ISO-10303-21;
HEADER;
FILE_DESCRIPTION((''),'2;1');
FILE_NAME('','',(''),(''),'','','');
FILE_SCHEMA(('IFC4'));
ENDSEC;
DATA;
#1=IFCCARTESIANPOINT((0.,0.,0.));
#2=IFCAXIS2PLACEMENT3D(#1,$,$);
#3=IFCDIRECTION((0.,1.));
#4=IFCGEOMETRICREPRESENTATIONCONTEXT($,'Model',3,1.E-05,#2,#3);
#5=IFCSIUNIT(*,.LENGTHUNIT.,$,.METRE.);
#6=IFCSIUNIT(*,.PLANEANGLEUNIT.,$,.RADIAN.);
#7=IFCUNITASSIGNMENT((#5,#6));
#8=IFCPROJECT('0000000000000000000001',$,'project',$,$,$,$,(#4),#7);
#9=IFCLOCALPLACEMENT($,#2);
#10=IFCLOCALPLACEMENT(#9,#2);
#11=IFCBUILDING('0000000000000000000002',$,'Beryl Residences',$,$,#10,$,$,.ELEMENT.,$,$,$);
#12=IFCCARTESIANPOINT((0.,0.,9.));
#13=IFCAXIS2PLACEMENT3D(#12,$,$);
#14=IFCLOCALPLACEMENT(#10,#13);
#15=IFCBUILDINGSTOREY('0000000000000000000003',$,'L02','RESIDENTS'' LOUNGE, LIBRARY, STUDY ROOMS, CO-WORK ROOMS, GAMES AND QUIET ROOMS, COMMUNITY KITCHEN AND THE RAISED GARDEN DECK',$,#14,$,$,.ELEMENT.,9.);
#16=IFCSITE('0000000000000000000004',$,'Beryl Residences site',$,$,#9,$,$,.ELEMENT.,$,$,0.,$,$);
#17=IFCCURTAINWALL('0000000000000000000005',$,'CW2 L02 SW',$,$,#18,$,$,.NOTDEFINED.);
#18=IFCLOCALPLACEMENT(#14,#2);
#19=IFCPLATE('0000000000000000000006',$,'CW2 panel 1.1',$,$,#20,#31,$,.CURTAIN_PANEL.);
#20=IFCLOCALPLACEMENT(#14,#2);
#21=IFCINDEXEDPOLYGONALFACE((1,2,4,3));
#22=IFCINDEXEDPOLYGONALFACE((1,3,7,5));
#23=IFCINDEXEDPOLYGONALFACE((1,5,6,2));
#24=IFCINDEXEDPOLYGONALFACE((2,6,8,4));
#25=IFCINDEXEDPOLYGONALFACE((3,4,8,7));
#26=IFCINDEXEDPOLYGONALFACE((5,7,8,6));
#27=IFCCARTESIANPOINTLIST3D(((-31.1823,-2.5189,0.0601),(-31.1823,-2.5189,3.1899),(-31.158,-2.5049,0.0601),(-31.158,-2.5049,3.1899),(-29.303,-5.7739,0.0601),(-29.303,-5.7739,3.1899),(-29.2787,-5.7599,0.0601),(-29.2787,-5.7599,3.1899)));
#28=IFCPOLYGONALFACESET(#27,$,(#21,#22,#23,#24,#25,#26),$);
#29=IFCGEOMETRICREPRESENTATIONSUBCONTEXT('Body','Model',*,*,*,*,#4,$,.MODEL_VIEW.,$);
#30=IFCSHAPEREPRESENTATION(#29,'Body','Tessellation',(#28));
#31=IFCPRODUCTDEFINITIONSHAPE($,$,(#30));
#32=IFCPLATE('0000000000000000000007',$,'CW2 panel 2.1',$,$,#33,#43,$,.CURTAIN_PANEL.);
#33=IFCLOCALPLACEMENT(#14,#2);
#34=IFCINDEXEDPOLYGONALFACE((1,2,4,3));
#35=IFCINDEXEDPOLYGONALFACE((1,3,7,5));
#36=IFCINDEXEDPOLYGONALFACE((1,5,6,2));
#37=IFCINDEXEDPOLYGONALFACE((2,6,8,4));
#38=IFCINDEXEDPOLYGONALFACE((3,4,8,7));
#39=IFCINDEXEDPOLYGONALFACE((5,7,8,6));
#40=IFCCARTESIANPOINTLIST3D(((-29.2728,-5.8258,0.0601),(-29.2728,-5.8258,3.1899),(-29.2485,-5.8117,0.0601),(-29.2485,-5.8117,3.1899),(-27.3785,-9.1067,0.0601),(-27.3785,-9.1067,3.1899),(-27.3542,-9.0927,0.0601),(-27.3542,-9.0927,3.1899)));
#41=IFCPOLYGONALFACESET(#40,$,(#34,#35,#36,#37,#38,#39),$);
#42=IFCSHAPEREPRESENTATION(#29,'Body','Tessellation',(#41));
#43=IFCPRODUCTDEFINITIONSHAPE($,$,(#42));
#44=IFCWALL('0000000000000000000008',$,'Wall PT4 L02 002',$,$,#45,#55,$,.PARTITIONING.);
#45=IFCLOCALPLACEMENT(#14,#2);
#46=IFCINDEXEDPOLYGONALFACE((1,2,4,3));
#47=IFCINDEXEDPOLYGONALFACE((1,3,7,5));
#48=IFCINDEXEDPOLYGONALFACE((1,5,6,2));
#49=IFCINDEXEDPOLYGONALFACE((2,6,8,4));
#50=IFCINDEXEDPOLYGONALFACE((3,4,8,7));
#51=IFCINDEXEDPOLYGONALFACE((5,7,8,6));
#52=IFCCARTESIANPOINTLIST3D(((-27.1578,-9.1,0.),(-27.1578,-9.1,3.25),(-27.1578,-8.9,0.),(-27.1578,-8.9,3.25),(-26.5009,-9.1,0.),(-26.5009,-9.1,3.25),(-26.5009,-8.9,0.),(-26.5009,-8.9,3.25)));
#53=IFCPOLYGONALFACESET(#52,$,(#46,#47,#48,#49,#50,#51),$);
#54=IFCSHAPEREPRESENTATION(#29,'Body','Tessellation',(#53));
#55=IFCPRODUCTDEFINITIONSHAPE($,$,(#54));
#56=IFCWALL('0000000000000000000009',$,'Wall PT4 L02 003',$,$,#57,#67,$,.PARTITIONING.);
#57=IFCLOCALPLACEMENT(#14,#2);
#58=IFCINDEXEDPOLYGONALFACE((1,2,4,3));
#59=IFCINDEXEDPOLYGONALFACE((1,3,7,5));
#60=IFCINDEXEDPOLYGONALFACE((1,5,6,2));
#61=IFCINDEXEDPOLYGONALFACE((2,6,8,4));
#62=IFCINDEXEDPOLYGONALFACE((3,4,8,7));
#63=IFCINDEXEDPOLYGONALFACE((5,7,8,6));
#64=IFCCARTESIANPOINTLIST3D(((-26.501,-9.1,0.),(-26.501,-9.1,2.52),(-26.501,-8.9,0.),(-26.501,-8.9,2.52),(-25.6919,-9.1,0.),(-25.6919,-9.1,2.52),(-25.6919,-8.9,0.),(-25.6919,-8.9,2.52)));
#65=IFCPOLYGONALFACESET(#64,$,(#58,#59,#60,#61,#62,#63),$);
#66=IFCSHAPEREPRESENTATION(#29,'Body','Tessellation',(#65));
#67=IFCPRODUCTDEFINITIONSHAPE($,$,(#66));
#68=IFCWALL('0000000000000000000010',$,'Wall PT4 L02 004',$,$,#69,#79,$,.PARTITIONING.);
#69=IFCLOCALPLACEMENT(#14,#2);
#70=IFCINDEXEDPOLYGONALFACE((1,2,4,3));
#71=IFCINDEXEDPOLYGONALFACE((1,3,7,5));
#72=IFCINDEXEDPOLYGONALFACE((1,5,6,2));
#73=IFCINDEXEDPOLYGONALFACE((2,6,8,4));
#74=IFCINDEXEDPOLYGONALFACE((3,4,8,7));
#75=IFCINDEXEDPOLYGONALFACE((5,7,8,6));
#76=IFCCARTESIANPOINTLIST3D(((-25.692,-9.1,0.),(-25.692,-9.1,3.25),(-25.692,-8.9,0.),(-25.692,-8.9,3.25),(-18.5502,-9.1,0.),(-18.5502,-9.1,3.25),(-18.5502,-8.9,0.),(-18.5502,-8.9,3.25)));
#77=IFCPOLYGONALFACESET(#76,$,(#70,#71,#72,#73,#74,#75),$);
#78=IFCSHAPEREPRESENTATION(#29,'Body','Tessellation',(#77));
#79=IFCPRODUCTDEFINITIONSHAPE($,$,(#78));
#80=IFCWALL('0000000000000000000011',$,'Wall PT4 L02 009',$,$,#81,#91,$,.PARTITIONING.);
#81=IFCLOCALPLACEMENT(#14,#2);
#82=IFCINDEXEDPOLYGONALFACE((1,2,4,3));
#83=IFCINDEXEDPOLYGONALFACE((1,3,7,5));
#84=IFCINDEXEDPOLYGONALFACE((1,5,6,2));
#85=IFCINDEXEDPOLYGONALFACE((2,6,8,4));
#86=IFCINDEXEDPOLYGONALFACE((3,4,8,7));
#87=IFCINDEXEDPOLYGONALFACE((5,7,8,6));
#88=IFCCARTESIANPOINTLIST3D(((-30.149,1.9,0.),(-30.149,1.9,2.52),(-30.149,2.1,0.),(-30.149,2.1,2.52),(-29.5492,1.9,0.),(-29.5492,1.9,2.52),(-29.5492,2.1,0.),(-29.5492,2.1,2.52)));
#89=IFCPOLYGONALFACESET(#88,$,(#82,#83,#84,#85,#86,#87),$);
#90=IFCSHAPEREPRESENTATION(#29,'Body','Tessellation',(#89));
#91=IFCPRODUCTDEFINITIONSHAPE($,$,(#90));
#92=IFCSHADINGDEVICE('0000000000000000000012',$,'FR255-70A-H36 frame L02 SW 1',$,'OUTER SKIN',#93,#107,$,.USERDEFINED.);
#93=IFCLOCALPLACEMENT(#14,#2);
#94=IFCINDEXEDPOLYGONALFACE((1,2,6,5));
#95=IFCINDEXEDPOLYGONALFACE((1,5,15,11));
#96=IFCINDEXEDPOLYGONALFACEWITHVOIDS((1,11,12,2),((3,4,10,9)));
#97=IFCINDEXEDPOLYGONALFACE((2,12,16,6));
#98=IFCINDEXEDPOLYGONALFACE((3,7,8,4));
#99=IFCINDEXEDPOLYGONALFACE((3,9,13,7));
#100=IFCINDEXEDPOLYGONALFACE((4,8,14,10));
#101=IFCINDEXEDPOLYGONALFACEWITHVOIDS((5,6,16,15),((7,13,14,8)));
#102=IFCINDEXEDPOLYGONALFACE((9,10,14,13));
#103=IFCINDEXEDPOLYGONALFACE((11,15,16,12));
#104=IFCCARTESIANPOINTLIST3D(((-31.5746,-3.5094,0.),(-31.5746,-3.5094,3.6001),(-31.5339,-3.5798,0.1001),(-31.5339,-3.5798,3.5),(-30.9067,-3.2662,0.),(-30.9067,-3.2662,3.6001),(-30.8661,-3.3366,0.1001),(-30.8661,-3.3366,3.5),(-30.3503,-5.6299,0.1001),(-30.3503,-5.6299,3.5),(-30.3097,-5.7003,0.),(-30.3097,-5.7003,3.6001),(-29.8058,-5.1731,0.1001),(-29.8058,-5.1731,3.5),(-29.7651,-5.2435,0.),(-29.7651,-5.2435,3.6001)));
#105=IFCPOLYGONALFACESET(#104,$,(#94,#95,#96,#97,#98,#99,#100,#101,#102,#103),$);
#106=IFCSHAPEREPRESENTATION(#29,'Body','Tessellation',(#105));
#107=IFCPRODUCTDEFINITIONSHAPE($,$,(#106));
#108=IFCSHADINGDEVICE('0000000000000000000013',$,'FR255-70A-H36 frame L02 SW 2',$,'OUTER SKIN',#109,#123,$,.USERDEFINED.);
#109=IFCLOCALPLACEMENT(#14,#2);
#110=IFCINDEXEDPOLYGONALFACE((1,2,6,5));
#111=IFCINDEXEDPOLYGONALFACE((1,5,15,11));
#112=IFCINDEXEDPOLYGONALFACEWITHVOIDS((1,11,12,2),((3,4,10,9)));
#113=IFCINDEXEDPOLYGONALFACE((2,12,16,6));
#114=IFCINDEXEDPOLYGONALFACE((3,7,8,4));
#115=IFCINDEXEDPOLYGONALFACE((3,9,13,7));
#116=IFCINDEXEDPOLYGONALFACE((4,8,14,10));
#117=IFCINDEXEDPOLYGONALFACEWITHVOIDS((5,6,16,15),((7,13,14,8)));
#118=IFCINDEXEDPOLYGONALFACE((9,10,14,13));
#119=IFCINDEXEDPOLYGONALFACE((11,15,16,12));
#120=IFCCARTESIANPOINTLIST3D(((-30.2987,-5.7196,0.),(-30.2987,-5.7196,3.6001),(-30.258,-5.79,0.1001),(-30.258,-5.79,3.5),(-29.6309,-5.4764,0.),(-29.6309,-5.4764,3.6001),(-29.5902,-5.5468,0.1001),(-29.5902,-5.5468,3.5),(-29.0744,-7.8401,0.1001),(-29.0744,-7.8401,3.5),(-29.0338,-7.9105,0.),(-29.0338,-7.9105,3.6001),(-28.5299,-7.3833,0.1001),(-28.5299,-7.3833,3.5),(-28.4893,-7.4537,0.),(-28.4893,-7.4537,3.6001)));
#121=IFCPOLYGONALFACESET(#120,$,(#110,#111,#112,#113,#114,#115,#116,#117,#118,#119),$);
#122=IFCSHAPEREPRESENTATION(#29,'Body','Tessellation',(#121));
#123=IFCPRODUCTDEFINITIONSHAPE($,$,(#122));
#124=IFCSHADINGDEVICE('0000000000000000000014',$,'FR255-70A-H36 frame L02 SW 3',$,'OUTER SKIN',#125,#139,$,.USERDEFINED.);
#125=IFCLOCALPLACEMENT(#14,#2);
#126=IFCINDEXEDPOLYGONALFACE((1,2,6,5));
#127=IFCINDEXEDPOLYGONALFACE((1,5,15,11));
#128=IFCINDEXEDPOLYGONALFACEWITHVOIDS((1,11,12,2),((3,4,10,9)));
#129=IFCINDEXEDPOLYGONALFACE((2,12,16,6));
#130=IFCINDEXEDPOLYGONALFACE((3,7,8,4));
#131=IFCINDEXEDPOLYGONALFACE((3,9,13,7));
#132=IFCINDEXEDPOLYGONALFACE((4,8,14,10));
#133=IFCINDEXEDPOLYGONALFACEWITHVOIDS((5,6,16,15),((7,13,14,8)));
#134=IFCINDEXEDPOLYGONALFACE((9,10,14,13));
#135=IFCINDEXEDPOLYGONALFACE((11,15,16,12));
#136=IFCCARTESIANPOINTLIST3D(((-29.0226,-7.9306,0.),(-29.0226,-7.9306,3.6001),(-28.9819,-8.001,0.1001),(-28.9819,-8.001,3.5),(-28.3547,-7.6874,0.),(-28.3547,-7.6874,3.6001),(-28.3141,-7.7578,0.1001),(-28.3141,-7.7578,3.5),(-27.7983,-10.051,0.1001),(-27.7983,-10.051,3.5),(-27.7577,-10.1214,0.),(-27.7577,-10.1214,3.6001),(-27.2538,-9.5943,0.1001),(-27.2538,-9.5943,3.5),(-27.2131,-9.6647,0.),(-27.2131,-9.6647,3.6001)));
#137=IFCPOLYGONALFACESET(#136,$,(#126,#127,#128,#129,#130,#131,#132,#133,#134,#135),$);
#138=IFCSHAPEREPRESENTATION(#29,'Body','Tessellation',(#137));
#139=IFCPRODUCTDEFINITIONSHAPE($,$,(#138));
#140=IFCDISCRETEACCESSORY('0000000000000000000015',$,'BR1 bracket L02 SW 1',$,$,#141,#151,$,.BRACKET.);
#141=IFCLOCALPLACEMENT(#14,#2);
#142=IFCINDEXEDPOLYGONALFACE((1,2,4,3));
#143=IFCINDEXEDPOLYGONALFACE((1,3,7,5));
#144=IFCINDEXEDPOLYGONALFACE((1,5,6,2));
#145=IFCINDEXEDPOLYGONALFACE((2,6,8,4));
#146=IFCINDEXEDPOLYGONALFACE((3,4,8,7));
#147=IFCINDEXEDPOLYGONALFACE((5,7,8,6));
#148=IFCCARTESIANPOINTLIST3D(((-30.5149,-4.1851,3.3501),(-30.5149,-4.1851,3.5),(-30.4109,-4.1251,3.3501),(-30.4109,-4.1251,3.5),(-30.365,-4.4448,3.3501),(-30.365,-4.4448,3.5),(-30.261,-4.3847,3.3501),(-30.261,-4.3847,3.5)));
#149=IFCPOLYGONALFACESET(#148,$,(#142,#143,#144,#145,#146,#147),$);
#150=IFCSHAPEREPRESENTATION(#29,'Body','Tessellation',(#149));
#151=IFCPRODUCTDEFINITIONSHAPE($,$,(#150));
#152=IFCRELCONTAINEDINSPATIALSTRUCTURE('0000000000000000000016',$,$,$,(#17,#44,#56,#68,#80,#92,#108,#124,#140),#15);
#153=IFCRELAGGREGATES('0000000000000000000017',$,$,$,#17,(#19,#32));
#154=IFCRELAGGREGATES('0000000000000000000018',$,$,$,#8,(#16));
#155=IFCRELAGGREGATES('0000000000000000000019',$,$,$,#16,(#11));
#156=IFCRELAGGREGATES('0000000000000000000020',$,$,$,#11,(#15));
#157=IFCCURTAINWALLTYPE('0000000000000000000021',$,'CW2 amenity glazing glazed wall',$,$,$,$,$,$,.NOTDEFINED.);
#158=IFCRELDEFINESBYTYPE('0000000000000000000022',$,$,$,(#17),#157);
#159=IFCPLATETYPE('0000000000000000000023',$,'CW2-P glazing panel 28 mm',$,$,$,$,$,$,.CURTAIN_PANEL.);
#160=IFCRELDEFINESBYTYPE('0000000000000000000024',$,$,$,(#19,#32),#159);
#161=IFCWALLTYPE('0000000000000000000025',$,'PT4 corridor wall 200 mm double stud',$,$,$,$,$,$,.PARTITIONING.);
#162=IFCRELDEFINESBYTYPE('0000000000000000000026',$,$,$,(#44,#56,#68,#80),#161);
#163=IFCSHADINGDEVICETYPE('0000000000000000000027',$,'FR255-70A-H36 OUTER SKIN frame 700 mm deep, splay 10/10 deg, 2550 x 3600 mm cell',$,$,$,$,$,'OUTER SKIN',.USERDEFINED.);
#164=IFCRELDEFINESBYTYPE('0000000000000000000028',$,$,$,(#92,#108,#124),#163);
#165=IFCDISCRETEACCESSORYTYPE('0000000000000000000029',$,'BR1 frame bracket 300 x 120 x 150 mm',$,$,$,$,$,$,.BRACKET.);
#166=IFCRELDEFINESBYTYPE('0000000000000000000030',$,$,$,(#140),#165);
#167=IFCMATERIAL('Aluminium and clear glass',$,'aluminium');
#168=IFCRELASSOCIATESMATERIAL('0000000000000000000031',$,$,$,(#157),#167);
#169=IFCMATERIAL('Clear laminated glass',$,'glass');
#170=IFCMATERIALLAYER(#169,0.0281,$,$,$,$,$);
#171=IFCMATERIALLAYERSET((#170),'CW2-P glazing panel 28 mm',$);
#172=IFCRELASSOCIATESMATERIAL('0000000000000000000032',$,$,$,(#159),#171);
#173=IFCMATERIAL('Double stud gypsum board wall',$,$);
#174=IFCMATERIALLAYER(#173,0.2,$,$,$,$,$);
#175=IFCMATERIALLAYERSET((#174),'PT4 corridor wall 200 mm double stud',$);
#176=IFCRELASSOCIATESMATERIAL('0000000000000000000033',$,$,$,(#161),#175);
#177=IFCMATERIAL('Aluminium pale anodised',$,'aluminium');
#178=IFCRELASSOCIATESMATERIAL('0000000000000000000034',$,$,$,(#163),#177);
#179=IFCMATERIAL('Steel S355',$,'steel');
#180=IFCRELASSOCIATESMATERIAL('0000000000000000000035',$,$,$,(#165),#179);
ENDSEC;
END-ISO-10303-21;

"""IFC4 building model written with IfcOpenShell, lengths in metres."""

from ifc_helpers import new_model, entity, si_unit, direction, frame, frame_2d, origin, origin_2d, place, context, subcontext, project, spatial, polyline, rectangle, outline, extrude, source, transform, mapped, material, layer, layer_set, type_object, type_shapes, element, aggregate, save


model = new_model("IFC4")

# Units and contexts
model_context = context("Model", 3, precision=1e-05, world=origin(), true_north=direction((0.0, 1.0)))
body_context = subcontext(model_context, "Body", "Model", "MODEL_VIEW")
ifc_project = project(units=[si_unit("LENGTHUNIT", "METRE"), si_unit("PLANEANGLEUNIT", "RADIAN")], contexts=[model_context])

# Site, building, storey
site_placement = place(None, origin())
site = spatial("IfcSite", under=ifc_project, at=site_placement, Name="Beryl Residences site", CompositionType="ELEMENT", RefElevation=0.0)
building_placement = place(site_placement, origin())
building = spatial("IfcBuilding", under=site, at=building_placement, Name="Beryl Residences", CompositionType="ELEMENT")
storey_placement = place(building_placement, frame((0.0, 0.0, 9.0)))
storey = spatial("IfcBuildingStorey", under=building, at=storey_placement, Name="L02", Description="RESIDENTS' LOUNGE, LIBRARY, STUDY ROOMS, CO-WORK ROOMS, GAMES AND QUIET ROOMS, COMMUNITY KITCHEN AND THE RAISED GARDEN DECK", CompositionType="ELEMENT", Elevation=9.0)

# Curtain wall
ifc_material_1 = material(Name="Aluminium and clear glass", Category="aluminium")
curtain_wall_type = type_object("IfcCurtainWallType", Name="CW2 amenity glazing glazed wall", PredefinedType="NOTDEFINED", material=ifc_material_1)
curtain_wall_placement = place(storey_placement, origin())
curtain_wall = element("IfcCurtainWall", 1, at=curtain_wall_placement, inside=storey, type_object=curtain_wall_type, Name="CW2 L02 SW", PredefinedType="NOTDEFINED")

# Plates
ifc_material_2 = material(Name="Clear laminated glass", Category="glass")
ifc_layer_1 = layer(ifc_material_2, 0.0281)
ifc_layer_set_1 = layer_set([ifc_layer_1], Name="CW2-P glazing panel 28 mm")
plate_type = type_object("IfcPlateType", Name="CW2-P glazing panel 28 mm", PredefinedType="CURTAIN_PANEL", material=ifc_layer_set_1)
plate_1_placement = place(storey_placement, frame((-30.2305, -4.1394, 0.0601), z_axis=(0.0, 0.0, 1.0), x_axis=(0.500012, -0.866019, 0.0)))
plate_1 = element("IfcPlate", 2, at=plate_1_placement, type_object=plate_type, Name="CW2 panel 1.1", PredefinedType="CURTAIN_PANEL", context=body_context, shape_type="SweptSolid", body=[
    extrude(rectangle(XDim=3.7585, YDim=0.0281, at=origin_2d()), origin(), (0.0, 0.0, 1.0), 3.1299),
])
plate_2_placement = place(storey_placement, frame((-28.3135, -7.4592, 0.0601), z_axis=(0.0, 0.0, 1.0), x_axis=(0.500012, -0.866019, 0.0)))
plate_2 = element("IfcPlate", 3, at=plate_2_placement, type_object=plate_type, Name="CW2 panel 2.1", PredefinedType="CURTAIN_PANEL", context=body_context, shape_type="SweptSolid", body=[
    extrude(rectangle(XDim=3.7886, YDim=0.0281, at=origin_2d()), origin(), (0.0, 0.0, 1.0), 3.1299),
])
aggregate(curtain_wall, [plate_1, plate_2])

# Walls
ifc_material_3 = material(Name="Double stud gypsum board wall")
ifc_layer_2 = layer(ifc_material_3, 0.2)
ifc_layer_set_2 = layer_set([ifc_layer_2], Name="PT4 corridor wall 200 mm double stud")
wall_type = type_object("IfcWallType", Name="PT4 corridor wall 200 mm double stud", PredefinedType="PARTITIONING", material=ifc_layer_set_2)
wall_1_placement = place(storey_placement, frame((-27.158, -9.0, 0.0), z_axis=(0.0, 0.0, 1.0), x_axis=(1.0, 0.0, 0.0)))
element("IfcWall", 4, at=wall_1_placement, inside=storey, type_object=wall_type, Name="Wall PT4 L02 002", PredefinedType="PARTITIONING", context=body_context, shape_type="SweptSolid", body=[
    extrude(rectangle(XDim=0.657, YDim=0.2, at=frame_2d((0.3286, 0.0))), origin(), (0.0, 0.0, 1.0), 3.25),
])
wall_2_placement = place(storey_placement, frame((-26.501, -9.0, 0.0), z_axis=(0.0, 0.0, 1.0), x_axis=(1.0, 0.0, 0.0)))
element("IfcWall", 5, at=wall_2_placement, inside=storey, type_object=wall_type, Name="Wall PT4 L02 003", PredefinedType="PARTITIONING", context=body_context, shape_type="SweptSolid", body=[
    extrude(rectangle(XDim=0.8091, YDim=0.2, at=frame_2d((0.4045, 0.0))), origin(), (0.0, 0.0, 1.0), 2.52),
])
wall_3_placement = place(storey_placement, frame((-25.6919, -9.0, 0.0), z_axis=(0.0, 0.0, 1.0), x_axis=(1.0, 0.0, 0.0)))
element("IfcWall", 6, at=wall_3_placement, inside=storey, type_object=wall_type, Name="Wall PT4 L02 004", PredefinedType="PARTITIONING", context=body_context, shape_type="SweptSolid", body=[
    extrude(rectangle(XDim=7.1418, YDim=0.2, at=frame_2d((3.5708, 0.0))), origin(), (0.0, 0.0, 1.0), 3.25),
])
wall_4_placement = place(storey_placement, frame((-30.1489, 2.0, 0.0), z_axis=(0.0, 0.0, 1.0), x_axis=(1.0, 0.0, 0.0)))
element("IfcWall", 7, at=wall_4_placement, inside=storey, type_object=wall_type, Name="Wall PT4 L02 009", PredefinedType="PARTITIONING", context=body_context, shape_type="SweptSolid", body=[
    extrude(rectangle(XDim=0.5999, YDim=0.2, at=frame_2d((0.2998, 0.0))), origin(), (0.0, 0.0, 1.0), 2.52),
])

# Shading devices
ifc_material_4 = material(Name="Aluminium pale anodised", Category="aluminium")
shading_device_type = type_object("IfcShadingDeviceType", Name="FR255-70A-H36 OUTER SKIN frame 700 mm deep, splay 10/10 deg, 2550 x 3600 mm cell", ElementType="OUTER SKIN", PredefinedType="USERDEFINED", material=ifc_material_4)
cartesian_point_1 = entity("IfcCartesianPoint", [-1.1416, 0.0])
cartesian_point_2 = entity("IfcCartesianPoint", [-1.0603, 0.1001])
cartesian_point_3 = entity("IfcCartesianPoint", [-1.2649, 0.0])
cartesian_point_4 = entity("IfcCartesianPoint", [-1.1836, 0.1001])
shared_shape_1 = source(origin(), body_context, "Body", "SweptSolid", [
    entity("IfcExtrudedAreaSolidTapered", entity("IfcArbitraryProfileDefWithVoids", "AREA", None, entity("IfcPolyline", [cartesian_point_1, entity("IfcCartesianPoint", [1.1416, 0.0]), entity("IfcCartesianPoint", [1.1416, 3.6001]), entity("IfcCartesianPoint", [-1.1416, 3.6001]), cartesian_point_1]), [entity("IfcPolyline", [cartesian_point_2, entity("IfcCartesianPoint", [1.0603, 0.1001]), entity("IfcCartesianPoint", [1.0603, 3.5]), entity("IfcCartesianPoint", [-1.0603, 3.5]), cartesian_point_2])]), entity("IfcAxis2Placement3D", entity("IfcCartesianPoint", [0.0, 0.0, 0.0]), entity("IfcDirection", [0.0, 1.0, 0.0]), entity("IfcDirection", [-1.0, 0.0, 0.0])), entity("IfcDirection", [0.0, 0.0, 1.0]), 0.7, entity("IfcArbitraryProfileDefWithVoids", "AREA", None, entity("IfcPolyline", [cartesian_point_3, entity("IfcCartesianPoint", [1.2649, 0.0]), entity("IfcCartesianPoint", [1.2649, 3.6001]), entity("IfcCartesianPoint", [-1.2649, 3.6001]), cartesian_point_3]), [entity("IfcPolyline", [cartesian_point_4, entity("IfcCartesianPoint", [1.1836, 0.1001]), entity("IfcCartesianPoint", [1.1836, 3.5]), entity("IfcCartesianPoint", [-1.1836, 3.5]), cartesian_point_4])])),
])
type_shapes(shading_device_type, [shared_shape_1])
for number, where, z_axis, x_axis, name in (
    (8, (-30.3359, -4.2549, 0.0), (0.0, 0.0, 1.0), (-0.5, 0.866025, 0.0), "FR255-70A-H36 frame L02 SW 1"),
    (9, (-29.0601, -6.4651, 0.0), (0.0, 0.0, 1.0), (-0.5, 0.866025, 0.0), "FR255-70A-H36 frame L02 SW 2"),
    (10, (-27.7839, -8.676, 0.0), (0.0, 0.0, 1.0), (-0.5, 0.866025, 0.0), "FR255-70A-H36 frame L02 SW 3"),
):
    element("IfcShadingDevice", number, at=place(storey_placement, frame(where, z_axis=z_axis, x_axis=x_axis)), inside=storey, type_object=shading_device_type, Name=name, ObjectType="OUTER SKIN", PredefinedType="USERDEFINED", context=body_context, shape_type="MappedRepresentation", body=[
        mapped(shared_shape_1, transform((0.0, 0.0, 0.0))),
    ])

# Discrete accessory
ifc_material_5 = material(Name="Steel S355", Category="steel")
discrete_accessory_type = type_object("IfcDiscreteAccessoryType", Name="BR1 frame bracket 300 x 120 x 150 mm", PredefinedType="BRACKET", material=ifc_material_5)
shared_shape_2 = source(origin(), body_context, "Body", "SweptSolid", [
    extrude(outline(polyline([(-0.1499, 0.0), (0.1499, 0.0), (0.1499, 0.1201), (-0.1499, 0.1201), (-0.1499, 0.0)])), origin(), (0.0, 0.0, 1.0), 0.1499),
])
type_shapes(discrete_accessory_type, [shared_shape_2])
discrete_accessory_placement = place(storey_placement, frame((-30.3359, -4.2549, 3.3501), z_axis=(0.0, 0.0, 1.0), x_axis=(-0.5, 0.866025, 0.0)))
element("IfcDiscreteAccessory", 11, at=discrete_accessory_placement, inside=storey, type_object=discrete_accessory_type, Name="BR1 bracket L02 SW 1", PredefinedType="BRACKET", context=body_context, shape_type="MappedRepresentation", body=[
    mapped(shared_shape_2, transform((0.0, 0.0, 0.0))),
])

save(model, "model.ifc")
